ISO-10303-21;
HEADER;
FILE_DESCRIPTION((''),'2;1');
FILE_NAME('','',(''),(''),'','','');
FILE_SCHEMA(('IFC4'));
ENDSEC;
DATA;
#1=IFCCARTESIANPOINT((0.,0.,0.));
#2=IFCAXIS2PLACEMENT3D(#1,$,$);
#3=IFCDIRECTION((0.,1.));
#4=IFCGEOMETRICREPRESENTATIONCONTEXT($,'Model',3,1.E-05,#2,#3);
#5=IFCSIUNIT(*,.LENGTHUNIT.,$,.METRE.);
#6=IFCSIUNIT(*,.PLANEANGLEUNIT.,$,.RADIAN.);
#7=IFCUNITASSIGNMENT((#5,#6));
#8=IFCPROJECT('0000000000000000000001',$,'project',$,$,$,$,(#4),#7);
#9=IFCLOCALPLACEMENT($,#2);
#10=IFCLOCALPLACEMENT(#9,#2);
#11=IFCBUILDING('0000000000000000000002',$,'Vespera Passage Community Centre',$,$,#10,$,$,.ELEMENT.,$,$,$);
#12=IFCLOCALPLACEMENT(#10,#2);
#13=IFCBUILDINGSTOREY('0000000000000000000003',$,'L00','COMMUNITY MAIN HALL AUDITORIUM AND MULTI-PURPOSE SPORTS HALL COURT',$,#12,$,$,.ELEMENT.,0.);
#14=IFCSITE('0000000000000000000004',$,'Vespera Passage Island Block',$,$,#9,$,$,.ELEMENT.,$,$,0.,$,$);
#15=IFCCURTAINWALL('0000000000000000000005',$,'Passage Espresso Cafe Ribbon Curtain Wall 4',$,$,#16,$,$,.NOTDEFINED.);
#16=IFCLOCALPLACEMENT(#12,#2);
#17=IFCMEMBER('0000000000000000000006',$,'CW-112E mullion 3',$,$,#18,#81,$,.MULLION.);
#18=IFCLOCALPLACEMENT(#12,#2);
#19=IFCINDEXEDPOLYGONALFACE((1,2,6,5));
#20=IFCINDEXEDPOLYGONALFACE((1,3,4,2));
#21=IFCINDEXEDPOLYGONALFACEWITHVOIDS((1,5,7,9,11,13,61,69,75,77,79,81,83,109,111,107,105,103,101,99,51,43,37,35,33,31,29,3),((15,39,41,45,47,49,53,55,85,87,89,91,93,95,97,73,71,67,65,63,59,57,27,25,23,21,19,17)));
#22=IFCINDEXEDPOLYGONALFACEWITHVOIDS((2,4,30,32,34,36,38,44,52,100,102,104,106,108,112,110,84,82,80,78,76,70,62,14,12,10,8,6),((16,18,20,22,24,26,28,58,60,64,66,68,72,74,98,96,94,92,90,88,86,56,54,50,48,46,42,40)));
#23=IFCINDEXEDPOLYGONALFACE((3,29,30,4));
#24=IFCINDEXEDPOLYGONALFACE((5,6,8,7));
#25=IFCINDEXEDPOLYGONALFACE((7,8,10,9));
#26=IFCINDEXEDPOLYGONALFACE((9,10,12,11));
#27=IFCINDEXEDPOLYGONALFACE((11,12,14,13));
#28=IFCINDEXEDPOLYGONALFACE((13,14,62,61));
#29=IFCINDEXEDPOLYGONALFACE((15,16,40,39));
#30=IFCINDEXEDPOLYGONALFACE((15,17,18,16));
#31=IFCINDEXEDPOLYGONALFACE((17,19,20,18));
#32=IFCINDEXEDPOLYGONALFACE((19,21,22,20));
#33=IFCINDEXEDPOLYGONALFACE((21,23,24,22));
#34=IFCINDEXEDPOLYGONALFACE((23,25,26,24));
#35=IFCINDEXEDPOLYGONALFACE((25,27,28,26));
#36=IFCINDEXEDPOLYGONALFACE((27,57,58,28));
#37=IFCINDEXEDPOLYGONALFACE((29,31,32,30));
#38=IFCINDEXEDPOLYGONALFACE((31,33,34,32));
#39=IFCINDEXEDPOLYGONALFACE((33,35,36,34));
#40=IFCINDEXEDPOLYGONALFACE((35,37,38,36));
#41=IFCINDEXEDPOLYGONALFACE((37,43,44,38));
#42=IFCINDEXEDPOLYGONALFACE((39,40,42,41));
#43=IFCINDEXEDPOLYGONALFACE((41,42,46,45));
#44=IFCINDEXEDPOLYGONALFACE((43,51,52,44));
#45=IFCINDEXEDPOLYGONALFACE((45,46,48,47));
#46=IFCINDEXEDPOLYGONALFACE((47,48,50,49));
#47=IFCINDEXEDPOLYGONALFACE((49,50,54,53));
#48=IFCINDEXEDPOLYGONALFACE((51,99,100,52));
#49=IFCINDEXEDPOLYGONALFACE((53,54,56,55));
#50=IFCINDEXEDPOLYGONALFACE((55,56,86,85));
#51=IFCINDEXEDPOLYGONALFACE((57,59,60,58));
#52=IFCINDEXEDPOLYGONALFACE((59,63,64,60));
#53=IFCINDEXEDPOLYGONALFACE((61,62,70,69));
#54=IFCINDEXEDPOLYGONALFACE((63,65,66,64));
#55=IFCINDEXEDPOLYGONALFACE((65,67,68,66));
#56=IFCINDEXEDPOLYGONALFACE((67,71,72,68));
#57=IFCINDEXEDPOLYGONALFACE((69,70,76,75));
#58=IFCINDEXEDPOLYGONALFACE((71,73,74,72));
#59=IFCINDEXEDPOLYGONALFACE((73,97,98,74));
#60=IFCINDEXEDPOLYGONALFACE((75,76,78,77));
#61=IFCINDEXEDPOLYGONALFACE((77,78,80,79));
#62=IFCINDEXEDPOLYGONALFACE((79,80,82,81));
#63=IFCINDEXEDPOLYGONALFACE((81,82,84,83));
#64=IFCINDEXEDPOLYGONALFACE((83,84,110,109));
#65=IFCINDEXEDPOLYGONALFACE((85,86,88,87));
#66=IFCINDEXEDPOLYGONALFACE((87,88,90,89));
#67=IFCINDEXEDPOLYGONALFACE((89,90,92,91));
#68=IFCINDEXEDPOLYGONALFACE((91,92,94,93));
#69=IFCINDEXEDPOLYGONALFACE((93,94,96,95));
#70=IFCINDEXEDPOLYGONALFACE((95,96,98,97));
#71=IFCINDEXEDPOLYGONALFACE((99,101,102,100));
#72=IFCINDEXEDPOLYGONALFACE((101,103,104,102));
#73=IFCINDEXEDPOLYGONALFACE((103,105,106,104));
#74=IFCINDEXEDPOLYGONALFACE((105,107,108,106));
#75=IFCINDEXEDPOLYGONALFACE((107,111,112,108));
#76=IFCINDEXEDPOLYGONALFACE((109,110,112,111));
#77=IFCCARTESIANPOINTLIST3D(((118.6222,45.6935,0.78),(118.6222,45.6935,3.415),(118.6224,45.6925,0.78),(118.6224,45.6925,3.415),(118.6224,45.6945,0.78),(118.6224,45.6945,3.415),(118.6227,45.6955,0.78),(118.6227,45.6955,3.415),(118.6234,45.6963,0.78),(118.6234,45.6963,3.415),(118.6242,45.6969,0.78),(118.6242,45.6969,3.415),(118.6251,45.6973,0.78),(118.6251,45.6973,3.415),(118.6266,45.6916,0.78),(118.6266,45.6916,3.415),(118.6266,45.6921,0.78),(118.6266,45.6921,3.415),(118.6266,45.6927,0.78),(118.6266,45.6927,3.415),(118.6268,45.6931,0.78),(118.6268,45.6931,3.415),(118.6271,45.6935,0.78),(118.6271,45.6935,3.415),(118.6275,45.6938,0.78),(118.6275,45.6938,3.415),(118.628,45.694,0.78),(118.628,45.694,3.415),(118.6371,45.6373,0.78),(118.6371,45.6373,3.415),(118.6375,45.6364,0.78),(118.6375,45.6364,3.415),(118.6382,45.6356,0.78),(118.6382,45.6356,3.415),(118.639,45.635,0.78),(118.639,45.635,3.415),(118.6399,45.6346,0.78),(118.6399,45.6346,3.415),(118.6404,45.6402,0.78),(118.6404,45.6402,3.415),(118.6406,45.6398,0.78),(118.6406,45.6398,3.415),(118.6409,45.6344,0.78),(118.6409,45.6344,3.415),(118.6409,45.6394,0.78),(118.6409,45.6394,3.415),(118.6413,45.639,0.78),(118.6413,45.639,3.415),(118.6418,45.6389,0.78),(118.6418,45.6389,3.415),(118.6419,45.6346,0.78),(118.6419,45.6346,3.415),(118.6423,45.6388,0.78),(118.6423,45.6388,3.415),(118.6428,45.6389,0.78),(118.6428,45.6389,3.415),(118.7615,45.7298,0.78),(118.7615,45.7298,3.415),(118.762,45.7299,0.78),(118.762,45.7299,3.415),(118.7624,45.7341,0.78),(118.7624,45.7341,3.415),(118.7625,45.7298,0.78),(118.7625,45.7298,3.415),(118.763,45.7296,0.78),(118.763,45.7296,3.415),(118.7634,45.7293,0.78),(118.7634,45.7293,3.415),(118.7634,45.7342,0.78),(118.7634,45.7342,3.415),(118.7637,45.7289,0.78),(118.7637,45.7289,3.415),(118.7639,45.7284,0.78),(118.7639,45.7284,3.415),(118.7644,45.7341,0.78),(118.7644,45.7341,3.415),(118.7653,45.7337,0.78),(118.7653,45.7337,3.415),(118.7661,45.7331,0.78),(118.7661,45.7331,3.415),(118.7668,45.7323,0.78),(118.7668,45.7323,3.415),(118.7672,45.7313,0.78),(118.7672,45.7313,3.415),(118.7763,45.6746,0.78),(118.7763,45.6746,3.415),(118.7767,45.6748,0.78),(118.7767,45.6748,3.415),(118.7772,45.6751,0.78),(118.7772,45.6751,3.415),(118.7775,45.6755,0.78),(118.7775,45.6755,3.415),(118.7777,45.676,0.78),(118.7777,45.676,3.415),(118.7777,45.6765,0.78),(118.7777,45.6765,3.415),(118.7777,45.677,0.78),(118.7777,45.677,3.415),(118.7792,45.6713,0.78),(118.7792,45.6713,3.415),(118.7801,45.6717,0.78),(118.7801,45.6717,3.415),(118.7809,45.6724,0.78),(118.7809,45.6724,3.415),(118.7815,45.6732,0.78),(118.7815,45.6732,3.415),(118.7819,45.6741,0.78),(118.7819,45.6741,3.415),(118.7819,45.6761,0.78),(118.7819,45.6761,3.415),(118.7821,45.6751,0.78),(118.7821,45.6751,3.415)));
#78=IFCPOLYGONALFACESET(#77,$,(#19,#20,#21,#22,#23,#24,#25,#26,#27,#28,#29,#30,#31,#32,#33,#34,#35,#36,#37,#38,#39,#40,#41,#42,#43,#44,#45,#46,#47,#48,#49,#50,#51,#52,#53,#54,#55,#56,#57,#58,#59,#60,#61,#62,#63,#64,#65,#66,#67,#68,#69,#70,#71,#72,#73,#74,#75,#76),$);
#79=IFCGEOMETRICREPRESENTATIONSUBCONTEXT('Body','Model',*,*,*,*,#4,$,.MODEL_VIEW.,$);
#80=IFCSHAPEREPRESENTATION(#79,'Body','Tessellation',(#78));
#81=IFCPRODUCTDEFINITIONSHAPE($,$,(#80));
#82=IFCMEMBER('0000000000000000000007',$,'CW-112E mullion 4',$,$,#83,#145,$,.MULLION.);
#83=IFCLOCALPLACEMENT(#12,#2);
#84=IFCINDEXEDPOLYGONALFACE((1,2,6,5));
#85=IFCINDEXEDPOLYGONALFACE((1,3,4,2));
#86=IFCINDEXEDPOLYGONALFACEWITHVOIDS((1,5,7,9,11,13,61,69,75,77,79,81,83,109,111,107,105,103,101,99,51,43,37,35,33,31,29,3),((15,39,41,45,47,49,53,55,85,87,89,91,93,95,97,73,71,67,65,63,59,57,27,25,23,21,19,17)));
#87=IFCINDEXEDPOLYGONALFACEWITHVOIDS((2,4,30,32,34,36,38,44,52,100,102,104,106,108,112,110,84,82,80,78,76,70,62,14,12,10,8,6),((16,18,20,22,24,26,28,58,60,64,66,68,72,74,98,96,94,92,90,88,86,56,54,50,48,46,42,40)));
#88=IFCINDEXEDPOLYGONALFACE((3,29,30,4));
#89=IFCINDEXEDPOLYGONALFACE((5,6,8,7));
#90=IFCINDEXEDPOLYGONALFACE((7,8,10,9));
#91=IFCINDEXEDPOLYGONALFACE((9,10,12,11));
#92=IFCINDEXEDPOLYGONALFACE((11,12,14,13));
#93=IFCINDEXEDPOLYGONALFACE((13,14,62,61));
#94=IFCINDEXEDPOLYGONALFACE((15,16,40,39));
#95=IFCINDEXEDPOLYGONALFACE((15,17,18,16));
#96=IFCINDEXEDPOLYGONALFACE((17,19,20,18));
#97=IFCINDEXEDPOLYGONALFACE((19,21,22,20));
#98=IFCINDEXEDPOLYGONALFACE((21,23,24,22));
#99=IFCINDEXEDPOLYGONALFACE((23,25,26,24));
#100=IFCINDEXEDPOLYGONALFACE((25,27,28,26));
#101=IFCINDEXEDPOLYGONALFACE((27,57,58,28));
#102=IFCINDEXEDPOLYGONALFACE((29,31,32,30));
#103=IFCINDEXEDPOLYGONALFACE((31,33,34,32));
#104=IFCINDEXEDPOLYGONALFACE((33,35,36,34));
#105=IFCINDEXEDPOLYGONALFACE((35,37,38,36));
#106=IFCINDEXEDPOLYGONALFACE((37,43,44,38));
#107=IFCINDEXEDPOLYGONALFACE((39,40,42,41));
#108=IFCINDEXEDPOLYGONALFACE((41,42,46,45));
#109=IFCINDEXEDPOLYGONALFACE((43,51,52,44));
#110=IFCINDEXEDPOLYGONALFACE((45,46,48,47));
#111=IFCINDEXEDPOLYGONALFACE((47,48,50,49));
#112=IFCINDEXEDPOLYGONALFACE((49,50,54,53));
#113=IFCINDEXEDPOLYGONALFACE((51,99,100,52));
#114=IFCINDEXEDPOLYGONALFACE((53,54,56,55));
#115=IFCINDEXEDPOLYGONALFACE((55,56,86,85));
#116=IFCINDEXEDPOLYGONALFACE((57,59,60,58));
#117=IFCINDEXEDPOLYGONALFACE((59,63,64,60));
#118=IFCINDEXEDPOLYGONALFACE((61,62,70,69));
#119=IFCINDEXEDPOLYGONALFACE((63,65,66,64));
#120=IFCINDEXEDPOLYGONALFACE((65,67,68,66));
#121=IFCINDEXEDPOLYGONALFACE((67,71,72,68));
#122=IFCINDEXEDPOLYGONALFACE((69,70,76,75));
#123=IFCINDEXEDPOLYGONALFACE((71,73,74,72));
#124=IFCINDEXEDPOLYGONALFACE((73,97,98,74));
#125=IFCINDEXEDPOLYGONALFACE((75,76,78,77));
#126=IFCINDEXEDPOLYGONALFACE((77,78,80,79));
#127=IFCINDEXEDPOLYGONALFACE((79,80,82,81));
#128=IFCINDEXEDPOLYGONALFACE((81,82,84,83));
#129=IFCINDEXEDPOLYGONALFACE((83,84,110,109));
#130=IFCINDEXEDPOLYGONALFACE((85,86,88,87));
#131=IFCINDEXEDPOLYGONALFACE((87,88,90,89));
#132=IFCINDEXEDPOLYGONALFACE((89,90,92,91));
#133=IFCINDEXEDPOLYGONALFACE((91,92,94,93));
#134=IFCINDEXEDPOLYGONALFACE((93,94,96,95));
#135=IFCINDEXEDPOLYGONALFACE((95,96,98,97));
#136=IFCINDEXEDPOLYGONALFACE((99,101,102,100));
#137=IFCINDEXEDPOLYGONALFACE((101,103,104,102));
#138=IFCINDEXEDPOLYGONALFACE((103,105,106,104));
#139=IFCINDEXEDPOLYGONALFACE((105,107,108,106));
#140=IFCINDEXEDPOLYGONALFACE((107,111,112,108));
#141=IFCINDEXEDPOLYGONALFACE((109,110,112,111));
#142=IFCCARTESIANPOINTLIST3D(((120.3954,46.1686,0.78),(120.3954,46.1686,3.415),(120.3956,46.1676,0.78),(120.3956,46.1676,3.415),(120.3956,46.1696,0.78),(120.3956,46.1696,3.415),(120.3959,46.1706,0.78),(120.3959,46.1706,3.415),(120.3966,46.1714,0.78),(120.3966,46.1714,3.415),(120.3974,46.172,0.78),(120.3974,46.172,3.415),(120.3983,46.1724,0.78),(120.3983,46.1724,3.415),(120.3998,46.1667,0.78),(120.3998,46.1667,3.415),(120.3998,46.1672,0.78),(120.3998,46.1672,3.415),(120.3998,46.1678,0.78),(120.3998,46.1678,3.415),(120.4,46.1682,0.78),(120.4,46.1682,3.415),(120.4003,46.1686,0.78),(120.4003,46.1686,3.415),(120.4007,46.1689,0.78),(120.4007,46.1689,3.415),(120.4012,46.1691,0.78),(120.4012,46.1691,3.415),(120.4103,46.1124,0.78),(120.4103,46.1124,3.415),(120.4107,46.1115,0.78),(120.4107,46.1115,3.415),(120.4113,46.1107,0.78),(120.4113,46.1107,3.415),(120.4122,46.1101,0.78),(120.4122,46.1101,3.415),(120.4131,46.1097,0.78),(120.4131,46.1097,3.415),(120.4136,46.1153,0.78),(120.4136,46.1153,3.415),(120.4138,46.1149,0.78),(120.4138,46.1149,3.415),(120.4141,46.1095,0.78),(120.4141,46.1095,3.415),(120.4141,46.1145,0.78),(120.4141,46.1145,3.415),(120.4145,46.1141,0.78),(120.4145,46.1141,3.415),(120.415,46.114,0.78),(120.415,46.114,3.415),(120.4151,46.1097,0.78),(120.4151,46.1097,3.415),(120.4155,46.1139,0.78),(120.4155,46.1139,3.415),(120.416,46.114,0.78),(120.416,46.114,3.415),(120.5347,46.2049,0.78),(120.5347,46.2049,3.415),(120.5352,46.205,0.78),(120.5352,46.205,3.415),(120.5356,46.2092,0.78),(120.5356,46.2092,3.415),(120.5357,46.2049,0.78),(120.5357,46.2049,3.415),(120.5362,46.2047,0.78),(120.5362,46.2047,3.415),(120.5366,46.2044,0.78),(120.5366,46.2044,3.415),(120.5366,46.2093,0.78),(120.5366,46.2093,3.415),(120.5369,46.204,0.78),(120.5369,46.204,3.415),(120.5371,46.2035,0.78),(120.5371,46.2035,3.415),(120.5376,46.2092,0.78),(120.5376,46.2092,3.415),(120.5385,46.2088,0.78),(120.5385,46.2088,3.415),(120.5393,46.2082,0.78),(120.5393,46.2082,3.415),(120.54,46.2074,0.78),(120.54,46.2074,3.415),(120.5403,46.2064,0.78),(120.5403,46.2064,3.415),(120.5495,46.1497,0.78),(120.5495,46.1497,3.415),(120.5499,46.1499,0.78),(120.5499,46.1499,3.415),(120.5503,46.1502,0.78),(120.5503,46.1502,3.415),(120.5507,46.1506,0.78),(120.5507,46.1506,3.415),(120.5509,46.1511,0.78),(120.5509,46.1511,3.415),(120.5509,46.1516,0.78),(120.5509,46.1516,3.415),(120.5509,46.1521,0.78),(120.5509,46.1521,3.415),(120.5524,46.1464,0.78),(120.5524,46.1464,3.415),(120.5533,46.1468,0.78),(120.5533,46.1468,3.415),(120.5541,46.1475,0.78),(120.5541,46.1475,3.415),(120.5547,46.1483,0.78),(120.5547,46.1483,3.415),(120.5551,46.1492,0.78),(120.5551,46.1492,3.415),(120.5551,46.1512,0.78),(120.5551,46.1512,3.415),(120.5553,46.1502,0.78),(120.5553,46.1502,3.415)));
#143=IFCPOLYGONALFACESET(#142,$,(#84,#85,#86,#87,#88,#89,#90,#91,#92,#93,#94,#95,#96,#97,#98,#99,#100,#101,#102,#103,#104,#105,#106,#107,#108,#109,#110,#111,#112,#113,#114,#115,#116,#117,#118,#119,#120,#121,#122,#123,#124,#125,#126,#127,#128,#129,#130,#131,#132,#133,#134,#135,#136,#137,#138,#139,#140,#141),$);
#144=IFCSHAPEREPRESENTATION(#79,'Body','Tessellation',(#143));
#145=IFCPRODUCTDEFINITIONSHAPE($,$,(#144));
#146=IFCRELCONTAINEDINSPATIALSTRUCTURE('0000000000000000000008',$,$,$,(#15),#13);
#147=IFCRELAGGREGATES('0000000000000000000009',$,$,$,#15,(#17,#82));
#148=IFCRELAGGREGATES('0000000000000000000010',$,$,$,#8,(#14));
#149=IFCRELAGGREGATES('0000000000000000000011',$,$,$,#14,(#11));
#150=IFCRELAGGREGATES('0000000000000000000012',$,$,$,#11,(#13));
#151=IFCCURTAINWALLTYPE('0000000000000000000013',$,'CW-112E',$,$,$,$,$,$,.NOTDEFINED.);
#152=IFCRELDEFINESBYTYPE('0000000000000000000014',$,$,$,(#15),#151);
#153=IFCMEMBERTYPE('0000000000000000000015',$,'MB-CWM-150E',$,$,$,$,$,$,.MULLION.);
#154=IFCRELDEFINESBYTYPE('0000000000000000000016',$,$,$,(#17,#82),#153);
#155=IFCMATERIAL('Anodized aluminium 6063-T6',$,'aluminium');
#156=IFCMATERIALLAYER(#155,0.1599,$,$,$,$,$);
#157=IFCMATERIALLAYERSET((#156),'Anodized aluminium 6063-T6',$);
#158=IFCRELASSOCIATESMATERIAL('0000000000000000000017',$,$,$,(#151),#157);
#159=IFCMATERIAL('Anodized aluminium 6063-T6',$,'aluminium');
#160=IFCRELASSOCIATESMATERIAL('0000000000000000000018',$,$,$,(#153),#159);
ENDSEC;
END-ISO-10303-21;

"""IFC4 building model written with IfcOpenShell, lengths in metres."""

from ifc_helpers import new_model, si_unit, direction, frame, origin, origin_2d, place, context, subcontext, project, spatial, hollow_rectangle, extrude, material, layer, layer_set, material_profile, profile_set, type_object, element, aggregate, save


model = new_model("IFC4")

# Units and contexts
model_context = context("Model", 3, precision=1e-05, world=origin(), true_north=direction((0.0, 1.0)))
body_context = subcontext(model_context, "Body", "Model", "MODEL_VIEW")
ifc_project = project(units=[si_unit("LENGTHUNIT", "METRE"), si_unit("PLANEANGLEUNIT", "RADIAN")], contexts=[model_context])

# Site, building, storey
site_placement = place(None, origin())
site = spatial("IfcSite", under=ifc_project, at=site_placement, Name="Vespera Passage Island Block", CompositionType="ELEMENT", RefElevation=0.0)
building_placement = place(site_placement, origin())
building = spatial("IfcBuilding", under=site, at=building_placement, Name="Vespera Passage Community Centre", CompositionType="ELEMENT")
storey_placement = place(building_placement, origin())
storey = spatial("IfcBuildingStorey", under=building, at=storey_placement, Name="L00", Description="COMMUNITY MAIN HALL AUDITORIUM AND MULTI-PURPOSE SPORTS HALL COURT", CompositionType="ELEMENT", Elevation=0.0)

# Curtain wall, members
ifc_material_1 = material(Name="Anodized aluminium 6063-T6", Category="aluminium")
ifc_layer_1 = layer(ifc_material_1, 0.1599)
ifc_layer_set_1 = layer_set([ifc_layer_1], Name="Anodized aluminium 6063-T6")
curtain_wall_type = type_object("IfcCurtainWallType", Name="CW-112E", PredefinedType="NOTDEFINED", material=ifc_layer_set_1)
ifc_material_2 = material(Name="Anodized aluminium 6063-T6", Category="aluminium")
ifc_material_profile_1 = material_profile(ifc_material_2, hollow_rectangle(XDim=0.0649, YDim=0.1499, WallThickness=0.0039, InnerFilletRadius=0.002, OuterFilletRadius=0.0039, at=origin_2d()), Name="ALU150X65X4")
ifc_profile_set_1 = profile_set([ifc_material_profile_1], Name="Anodized aluminium 6063-T6")
member_type_1 = type_object("IfcMemberType", Name="MB-CWM-150E", PredefinedType="MULLION", material=ifc_profile_set_1)
curtain_wall_1_placement = place(storey_placement, origin())
curtain_wall_1 = element("IfcCurtainWall", 1, at=curtain_wall_1_placement, inside=storey, type_object=curtain_wall_type, Name="Passage Espresso Cafe Ribbon Curtain Wall 4", PredefinedType="NOTDEFINED")
member_1_placement = place(storey_placement, frame((118.7021, 45.6843, 0.78), z_axis=(0.0, 0.0, 1.0), x_axis=(-0.258807, 0.965929, 0.0)))
member_1 = element("IfcMember", 2, at=member_1_placement, type_object=member_type_1, Name="CW-112E mullion 3", PredefinedType="MULLION", context=body_context, shape_type="SweptSolid", body=[
    extrude(hollow_rectangle(XDim=0.0649, YDim=0.1499, WallThickness=0.0039, InnerFilletRadius=0.002, OuterFilletRadius=0.0039, at=origin_2d()), origin(), (0.0, 0.0, 1.0), 2.635),
])
member_2_placement = place(storey_placement, frame((120.4753, 46.1594, 0.78), z_axis=(0.0, 0.0, 1.0), x_axis=(-0.258807, 0.965929, 0.0)))
member_2 = element("IfcMember", 3, at=member_2_placement, type_object=member_type_1, Name="CW-112E mullion 4", PredefinedType="MULLION", context=body_context, shape_type="SweptSolid", body=[
    extrude(hollow_rectangle(XDim=0.0649, YDim=0.1499, WallThickness=0.0039, InnerFilletRadius=0.002, OuterFilletRadius=0.0039, at=origin_2d()), origin(), (0.0, 0.0, 1.0), 2.635),
])

aggregate(curtain_wall_1, [member_1, member_2])

save(model, "model.ifc")
